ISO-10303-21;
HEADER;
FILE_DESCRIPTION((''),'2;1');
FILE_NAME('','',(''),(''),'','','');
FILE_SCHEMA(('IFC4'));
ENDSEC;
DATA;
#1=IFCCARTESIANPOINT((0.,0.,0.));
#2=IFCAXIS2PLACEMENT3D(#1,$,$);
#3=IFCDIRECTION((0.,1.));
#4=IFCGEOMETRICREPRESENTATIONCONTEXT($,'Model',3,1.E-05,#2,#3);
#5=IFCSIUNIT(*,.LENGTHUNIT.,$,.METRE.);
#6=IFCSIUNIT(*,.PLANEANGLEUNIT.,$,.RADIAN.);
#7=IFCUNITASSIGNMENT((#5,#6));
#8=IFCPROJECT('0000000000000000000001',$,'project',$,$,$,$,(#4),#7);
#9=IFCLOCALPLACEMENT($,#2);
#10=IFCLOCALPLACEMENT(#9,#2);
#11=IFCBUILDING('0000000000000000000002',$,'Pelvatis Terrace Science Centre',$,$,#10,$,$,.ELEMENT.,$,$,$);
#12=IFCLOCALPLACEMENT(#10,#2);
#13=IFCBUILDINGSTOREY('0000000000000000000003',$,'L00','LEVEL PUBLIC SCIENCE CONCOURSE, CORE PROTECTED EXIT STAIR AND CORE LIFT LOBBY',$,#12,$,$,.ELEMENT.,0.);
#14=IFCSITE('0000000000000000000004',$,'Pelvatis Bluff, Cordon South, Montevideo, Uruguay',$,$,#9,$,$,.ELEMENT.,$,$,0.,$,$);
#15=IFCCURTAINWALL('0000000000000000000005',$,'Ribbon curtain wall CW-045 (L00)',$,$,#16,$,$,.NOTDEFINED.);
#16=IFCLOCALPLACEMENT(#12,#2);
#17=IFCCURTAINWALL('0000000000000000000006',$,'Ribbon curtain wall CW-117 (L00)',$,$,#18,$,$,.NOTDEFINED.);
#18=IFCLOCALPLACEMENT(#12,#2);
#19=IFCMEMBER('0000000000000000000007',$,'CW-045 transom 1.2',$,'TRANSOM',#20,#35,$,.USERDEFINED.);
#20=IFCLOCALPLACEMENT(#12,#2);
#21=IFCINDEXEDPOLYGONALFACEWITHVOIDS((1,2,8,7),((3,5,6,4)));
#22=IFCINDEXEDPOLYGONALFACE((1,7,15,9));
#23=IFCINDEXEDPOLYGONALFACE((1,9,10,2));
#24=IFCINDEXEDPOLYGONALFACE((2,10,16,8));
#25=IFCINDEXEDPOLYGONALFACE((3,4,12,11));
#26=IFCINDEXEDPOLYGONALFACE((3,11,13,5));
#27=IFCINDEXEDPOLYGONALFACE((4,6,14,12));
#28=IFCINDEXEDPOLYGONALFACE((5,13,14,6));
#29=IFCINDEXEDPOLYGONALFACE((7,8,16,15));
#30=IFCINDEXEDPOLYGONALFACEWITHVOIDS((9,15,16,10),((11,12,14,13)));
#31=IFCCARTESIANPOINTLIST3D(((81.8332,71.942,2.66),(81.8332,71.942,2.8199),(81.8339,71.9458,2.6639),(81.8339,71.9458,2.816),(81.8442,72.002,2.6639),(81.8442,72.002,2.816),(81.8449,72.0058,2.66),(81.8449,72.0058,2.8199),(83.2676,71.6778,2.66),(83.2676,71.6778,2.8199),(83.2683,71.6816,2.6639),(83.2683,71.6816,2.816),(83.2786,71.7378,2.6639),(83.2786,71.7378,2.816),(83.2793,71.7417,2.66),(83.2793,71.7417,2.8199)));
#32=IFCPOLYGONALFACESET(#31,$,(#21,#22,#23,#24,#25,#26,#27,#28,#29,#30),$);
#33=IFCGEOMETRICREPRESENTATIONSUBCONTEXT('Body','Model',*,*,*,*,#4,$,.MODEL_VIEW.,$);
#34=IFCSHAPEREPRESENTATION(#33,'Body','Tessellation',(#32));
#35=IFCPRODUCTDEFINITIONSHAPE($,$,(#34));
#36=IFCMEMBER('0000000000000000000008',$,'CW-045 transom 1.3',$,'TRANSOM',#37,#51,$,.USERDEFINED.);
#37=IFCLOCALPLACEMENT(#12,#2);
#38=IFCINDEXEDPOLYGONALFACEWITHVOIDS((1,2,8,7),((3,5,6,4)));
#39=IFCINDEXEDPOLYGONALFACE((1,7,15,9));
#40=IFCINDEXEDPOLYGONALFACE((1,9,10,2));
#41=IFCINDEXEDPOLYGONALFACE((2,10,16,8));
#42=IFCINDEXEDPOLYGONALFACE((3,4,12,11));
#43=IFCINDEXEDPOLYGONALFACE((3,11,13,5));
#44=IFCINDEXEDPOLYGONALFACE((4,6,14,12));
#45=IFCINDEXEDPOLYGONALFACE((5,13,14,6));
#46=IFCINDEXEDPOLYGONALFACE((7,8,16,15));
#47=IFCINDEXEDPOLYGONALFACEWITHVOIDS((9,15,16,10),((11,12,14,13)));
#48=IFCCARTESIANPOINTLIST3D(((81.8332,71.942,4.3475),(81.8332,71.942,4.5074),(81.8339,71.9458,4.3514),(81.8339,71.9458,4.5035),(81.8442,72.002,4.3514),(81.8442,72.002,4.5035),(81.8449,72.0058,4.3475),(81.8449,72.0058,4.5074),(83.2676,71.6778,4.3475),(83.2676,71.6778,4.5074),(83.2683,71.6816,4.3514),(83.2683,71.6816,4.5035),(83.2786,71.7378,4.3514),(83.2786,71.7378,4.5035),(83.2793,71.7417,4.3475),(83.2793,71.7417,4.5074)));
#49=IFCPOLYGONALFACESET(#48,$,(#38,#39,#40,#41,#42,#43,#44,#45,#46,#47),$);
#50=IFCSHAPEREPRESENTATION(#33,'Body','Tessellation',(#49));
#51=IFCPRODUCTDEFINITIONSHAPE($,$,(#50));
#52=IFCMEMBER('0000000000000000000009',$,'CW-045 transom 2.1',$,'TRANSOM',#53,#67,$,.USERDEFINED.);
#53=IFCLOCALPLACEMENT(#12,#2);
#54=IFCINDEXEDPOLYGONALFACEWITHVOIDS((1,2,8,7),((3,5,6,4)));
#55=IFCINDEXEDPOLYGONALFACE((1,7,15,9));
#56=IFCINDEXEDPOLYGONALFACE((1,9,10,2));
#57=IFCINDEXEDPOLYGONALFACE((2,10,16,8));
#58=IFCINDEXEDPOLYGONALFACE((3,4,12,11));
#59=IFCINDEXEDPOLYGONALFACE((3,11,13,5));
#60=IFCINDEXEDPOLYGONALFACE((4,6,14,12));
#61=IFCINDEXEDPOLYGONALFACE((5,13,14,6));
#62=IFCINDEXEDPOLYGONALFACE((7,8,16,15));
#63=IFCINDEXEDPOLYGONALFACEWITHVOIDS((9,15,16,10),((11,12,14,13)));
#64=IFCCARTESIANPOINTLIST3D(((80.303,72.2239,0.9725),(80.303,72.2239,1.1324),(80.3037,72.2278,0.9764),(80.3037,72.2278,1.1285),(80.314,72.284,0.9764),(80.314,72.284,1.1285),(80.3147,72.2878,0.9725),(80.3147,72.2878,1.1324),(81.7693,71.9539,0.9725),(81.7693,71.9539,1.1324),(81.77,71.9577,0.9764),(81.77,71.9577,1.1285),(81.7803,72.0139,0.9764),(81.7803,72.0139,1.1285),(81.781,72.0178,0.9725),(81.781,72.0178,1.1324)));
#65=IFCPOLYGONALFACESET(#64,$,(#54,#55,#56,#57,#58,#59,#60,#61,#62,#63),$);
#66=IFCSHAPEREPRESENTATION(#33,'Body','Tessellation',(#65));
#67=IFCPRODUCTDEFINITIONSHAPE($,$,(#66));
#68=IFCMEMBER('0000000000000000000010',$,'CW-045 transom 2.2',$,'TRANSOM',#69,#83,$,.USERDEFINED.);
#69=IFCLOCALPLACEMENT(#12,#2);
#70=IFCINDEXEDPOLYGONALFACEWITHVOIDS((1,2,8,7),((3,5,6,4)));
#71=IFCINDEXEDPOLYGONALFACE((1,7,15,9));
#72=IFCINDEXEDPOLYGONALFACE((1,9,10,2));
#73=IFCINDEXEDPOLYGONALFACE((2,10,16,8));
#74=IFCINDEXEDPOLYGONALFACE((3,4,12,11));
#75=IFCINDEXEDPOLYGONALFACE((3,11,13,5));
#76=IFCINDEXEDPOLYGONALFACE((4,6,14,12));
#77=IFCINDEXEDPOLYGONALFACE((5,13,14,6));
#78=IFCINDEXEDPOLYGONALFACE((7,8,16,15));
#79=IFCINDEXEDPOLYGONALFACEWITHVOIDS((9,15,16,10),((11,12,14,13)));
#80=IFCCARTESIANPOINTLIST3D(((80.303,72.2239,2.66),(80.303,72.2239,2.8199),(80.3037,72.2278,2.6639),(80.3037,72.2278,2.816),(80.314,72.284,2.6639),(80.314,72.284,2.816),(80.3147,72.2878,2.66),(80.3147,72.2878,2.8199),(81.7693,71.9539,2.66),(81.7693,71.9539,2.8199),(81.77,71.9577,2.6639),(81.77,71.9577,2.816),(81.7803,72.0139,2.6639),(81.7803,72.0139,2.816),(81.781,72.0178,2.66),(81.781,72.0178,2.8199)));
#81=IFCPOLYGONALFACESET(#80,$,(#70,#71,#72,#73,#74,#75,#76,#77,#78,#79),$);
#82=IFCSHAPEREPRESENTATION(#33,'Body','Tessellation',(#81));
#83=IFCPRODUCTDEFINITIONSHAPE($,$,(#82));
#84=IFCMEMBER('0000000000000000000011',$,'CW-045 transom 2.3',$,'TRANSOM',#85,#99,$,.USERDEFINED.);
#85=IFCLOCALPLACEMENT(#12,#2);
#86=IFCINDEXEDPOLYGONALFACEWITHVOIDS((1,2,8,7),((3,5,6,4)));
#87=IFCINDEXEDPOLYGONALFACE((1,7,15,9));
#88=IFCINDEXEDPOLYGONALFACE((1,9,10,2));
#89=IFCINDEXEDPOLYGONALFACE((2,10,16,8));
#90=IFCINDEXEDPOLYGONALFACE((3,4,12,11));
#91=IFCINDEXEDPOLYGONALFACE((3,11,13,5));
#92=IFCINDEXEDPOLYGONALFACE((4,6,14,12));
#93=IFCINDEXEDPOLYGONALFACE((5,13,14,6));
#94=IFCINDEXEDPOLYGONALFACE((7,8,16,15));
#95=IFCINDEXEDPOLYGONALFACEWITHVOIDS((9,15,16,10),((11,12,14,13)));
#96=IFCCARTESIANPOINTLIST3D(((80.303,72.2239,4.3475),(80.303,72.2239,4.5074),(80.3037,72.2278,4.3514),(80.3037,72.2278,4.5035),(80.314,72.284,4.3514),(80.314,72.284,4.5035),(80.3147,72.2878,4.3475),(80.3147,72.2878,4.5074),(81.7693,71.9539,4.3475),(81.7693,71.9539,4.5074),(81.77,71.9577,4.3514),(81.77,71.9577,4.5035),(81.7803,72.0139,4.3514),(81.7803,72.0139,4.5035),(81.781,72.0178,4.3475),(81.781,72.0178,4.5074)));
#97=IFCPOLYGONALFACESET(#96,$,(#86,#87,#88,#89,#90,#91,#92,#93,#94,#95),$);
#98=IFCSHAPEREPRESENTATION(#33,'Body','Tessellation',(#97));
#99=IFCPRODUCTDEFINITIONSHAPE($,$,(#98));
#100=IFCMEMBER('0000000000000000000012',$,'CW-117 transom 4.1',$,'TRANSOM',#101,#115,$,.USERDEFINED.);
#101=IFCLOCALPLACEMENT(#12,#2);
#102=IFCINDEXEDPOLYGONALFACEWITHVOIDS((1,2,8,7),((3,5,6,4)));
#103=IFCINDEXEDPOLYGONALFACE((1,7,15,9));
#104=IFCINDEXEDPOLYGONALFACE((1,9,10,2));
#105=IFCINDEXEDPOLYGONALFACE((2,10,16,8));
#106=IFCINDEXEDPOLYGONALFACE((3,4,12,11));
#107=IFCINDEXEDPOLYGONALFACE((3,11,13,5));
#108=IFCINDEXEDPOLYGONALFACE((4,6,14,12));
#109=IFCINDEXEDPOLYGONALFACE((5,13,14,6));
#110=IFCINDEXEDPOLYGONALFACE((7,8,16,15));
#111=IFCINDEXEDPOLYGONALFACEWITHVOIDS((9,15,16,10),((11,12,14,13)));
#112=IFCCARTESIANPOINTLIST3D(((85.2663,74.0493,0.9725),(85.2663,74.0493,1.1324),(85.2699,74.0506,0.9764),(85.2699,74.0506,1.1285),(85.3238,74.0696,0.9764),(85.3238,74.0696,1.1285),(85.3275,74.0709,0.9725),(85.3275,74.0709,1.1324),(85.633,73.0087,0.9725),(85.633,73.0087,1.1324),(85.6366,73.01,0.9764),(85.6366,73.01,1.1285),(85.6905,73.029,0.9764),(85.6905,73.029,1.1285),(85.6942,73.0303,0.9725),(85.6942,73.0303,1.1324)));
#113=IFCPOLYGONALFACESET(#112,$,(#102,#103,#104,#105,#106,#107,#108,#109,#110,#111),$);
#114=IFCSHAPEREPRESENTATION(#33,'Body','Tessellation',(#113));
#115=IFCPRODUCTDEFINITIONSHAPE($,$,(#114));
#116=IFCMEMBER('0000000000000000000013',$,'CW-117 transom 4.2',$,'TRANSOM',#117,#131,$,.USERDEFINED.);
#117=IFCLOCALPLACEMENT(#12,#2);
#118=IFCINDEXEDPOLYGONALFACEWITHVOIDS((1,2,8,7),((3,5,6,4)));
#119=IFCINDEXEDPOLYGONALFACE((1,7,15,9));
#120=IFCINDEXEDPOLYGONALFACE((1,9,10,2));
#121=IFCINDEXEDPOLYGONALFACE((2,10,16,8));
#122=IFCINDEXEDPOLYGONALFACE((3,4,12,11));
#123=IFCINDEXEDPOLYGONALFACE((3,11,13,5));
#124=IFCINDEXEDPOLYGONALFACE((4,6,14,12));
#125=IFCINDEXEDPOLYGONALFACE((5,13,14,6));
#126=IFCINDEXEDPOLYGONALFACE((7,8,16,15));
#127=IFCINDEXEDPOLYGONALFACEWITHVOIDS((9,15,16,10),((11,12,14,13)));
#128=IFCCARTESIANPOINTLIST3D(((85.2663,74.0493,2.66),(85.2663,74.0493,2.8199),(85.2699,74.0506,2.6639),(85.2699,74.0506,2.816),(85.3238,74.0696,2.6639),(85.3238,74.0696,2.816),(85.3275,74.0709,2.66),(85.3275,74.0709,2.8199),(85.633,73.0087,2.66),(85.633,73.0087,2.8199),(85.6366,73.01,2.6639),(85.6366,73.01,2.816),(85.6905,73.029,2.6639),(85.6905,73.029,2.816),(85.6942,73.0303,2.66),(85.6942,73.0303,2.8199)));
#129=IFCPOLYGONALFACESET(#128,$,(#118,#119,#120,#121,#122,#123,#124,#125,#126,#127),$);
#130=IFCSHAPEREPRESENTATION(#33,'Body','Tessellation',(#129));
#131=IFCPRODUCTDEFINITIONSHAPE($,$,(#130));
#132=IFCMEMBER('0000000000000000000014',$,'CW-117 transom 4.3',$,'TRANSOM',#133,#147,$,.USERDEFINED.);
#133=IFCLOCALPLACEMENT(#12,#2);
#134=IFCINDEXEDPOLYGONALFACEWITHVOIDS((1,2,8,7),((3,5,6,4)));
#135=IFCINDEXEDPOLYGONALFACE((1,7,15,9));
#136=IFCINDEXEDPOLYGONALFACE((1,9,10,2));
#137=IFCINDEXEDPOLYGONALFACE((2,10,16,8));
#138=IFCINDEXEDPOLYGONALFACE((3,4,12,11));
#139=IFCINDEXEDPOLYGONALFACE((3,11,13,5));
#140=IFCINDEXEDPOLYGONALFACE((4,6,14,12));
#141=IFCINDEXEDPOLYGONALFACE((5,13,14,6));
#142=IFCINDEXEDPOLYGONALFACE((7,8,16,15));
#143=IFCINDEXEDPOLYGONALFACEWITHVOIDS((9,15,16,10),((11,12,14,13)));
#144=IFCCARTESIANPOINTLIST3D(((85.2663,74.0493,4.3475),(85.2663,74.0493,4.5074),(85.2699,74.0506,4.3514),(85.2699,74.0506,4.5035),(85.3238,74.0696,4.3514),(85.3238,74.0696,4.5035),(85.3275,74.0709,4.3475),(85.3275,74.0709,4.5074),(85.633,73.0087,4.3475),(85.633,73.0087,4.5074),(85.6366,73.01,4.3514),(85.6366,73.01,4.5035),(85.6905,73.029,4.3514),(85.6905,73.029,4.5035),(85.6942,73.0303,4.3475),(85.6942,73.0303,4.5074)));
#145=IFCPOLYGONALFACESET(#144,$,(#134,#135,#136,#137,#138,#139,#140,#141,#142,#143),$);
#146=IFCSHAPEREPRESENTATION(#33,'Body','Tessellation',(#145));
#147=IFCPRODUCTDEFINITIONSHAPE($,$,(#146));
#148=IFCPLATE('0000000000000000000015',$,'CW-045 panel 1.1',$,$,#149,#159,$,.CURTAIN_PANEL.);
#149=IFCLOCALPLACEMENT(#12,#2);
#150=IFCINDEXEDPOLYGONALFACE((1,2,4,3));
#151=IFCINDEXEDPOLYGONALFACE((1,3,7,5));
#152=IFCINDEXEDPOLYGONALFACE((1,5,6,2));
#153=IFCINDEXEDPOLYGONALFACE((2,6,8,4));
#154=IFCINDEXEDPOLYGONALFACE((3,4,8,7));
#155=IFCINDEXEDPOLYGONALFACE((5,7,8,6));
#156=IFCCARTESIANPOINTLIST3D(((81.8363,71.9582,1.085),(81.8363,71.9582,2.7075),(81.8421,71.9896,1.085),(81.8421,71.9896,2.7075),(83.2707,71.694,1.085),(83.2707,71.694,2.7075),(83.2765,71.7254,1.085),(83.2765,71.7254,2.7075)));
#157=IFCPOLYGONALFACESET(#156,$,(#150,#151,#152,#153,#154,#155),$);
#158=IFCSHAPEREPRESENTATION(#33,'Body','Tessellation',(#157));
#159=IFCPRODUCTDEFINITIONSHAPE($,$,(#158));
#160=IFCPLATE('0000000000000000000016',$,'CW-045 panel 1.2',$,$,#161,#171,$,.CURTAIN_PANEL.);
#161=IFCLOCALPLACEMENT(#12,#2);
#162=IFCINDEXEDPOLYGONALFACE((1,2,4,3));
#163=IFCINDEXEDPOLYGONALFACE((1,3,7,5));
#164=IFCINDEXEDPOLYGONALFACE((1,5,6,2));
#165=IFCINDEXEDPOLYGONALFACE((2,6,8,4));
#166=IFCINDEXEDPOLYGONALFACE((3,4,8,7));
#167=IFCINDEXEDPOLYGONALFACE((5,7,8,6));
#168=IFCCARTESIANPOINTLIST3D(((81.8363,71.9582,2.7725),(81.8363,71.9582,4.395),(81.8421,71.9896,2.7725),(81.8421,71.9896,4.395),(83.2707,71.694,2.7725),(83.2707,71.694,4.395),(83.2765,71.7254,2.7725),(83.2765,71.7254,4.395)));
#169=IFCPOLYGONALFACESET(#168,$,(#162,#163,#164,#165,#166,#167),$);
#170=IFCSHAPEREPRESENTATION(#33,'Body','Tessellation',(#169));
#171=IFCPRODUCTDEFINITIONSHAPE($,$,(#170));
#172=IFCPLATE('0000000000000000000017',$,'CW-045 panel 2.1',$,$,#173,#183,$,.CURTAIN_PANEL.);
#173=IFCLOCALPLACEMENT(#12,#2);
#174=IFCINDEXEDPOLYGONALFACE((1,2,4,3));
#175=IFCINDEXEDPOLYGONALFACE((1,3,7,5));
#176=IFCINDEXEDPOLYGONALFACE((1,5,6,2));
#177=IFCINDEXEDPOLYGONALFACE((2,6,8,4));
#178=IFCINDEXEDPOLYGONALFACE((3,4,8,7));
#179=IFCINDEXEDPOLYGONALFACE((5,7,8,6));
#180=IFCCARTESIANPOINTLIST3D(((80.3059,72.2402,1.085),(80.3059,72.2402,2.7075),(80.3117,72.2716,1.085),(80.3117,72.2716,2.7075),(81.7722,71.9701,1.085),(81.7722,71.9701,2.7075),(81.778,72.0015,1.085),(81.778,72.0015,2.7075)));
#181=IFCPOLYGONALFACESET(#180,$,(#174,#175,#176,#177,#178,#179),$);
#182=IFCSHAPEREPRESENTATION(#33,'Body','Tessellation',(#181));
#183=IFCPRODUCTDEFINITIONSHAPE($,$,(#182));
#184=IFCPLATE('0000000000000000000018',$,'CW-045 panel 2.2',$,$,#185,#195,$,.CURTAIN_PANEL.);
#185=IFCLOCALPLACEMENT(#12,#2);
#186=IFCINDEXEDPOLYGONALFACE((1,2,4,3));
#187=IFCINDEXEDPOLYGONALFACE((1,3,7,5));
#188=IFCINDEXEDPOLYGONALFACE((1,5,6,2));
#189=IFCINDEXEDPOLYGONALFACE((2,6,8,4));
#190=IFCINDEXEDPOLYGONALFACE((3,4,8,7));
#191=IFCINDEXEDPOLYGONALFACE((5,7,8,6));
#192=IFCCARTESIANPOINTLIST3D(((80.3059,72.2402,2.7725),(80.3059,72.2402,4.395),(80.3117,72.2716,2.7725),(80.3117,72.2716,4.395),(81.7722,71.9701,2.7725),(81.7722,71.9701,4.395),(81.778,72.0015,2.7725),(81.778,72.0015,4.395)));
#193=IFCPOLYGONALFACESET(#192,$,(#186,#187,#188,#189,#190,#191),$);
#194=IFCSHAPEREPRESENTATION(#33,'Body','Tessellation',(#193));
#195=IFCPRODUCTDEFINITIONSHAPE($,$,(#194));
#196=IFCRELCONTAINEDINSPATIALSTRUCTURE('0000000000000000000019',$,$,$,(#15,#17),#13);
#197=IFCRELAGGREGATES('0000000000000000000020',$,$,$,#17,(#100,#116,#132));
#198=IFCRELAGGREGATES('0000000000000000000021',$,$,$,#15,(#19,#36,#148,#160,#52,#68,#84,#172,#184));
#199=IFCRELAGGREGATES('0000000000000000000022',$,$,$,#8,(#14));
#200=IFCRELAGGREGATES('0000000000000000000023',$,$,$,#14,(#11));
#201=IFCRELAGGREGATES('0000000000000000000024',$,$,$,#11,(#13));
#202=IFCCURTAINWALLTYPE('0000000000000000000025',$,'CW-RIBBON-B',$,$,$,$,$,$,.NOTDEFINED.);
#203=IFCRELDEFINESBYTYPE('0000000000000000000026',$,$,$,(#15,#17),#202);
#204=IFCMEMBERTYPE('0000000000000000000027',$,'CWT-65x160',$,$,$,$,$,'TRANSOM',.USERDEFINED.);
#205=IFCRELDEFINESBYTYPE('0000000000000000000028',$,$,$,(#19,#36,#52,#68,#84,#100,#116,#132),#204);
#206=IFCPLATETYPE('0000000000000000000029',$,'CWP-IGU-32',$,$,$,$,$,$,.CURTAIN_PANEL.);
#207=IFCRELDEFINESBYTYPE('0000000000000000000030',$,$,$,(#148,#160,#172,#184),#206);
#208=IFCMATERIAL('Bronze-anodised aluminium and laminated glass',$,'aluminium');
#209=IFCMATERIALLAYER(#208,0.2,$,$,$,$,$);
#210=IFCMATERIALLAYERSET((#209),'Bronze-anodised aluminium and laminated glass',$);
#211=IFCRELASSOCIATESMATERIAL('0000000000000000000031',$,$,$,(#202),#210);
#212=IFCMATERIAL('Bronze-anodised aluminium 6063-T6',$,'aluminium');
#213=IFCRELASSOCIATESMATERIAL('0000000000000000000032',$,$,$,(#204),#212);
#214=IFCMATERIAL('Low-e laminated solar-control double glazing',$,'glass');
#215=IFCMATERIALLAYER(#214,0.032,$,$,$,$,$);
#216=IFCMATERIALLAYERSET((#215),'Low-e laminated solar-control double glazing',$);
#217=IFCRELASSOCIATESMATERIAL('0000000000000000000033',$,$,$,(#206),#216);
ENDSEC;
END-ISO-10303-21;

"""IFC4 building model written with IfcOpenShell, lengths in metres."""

from ifc_helpers import new_model, si_unit, direction, frame, origin, origin_2d, place, context, subcontext, project, spatial, rectangle, hollow_rectangle, extrude, material, layer, layer_set, material_profile, profile_set, type_object, element, aggregate, save


model = new_model("IFC4")

# Units and contexts
model_context = context("Model", 3, precision=1e-05, world=origin(), true_north=direction((0.0, 1.0)))
body_context = subcontext(model_context, "Body", "Model", "MODEL_VIEW")
ifc_project = project(units=[si_unit("LENGTHUNIT", "METRE"), si_unit("PLANEANGLEUNIT", "RADIAN")], contexts=[model_context])

# Site, building, storey
site_placement = place(None, origin())
site = spatial("IfcSite", under=ifc_project, at=site_placement, Name="Pelvatis Bluff, Cordon South, Montevideo, Uruguay", CompositionType="ELEMENT", RefElevation=0.0)
building_placement = place(site_placement, origin())
building = spatial("IfcBuilding", under=site, at=building_placement, Name="Pelvatis Terrace Science Centre", CompositionType="ELEMENT")
storey_placement = place(building_placement, origin())
storey = spatial("IfcBuildingStorey", under=building, at=storey_placement, Name="L00", Description="LEVEL PUBLIC SCIENCE CONCOURSE, CORE PROTECTED EXIT STAIR AND CORE LIFT LOBBY", CompositionType="ELEMENT", Elevation=0.0)

# Curtain wall
ifc_material_1 = material(Name="Bronze-anodised aluminium and laminated glass", Category="aluminium")
ifc_layer_1 = layer(ifc_material_1, 0.2)
ifc_layer_set_1 = layer_set([ifc_layer_1], Name="Bronze-anodised aluminium and laminated glass")
curtain_wall_type = type_object("IfcCurtainWallType", Name="CW-RIBBON-B", PredefinedType="NOTDEFINED", material=ifc_layer_set_1)
curtain_wall_1_placement = place(storey_placement, origin())
curtain_wall_1 = element("IfcCurtainWall", 1, at=curtain_wall_1_placement, inside=storey, type_object=curtain_wall_type, Name="Ribbon curtain wall CW-045 (L00)", PredefinedType="NOTDEFINED")

# Curtain wall
curtain_wall_2_placement = place(storey_placement, origin())
curtain_wall_2 = element("IfcCurtainWall", 2, at=curtain_wall_2_placement, inside=storey, type_object=curtain_wall_type, Name="Ribbon curtain wall CW-117 (L00)", PredefinedType="NOTDEFINED")

# Members
ifc_material_2 = material(Name="Bronze-anodised aluminium 6063-T6", Category="aluminium")
ifc_material_profile_1 = material_profile(ifc_material_2, hollow_rectangle(XDim=0.0649, YDim=0.1599, WallThickness=0.0039, at=origin_2d()), Name="ALU-TRN 65x160")
ifc_profile_set_1 = profile_set([ifc_material_profile_1], Name="Bronze-anodised aluminium 6063-T6")
member_type_1 = type_object("IfcMemberType", Name="CWT-65x160", ElementType="TRANSOM", PredefinedType="USERDEFINED", material=ifc_profile_set_1)
member_1_placement = place(storey_placement, frame((83.2734, 71.7097, 2.74), z_axis=(-0.98346, 0.181124, 0.0), x_axis=(-0.181124, -0.98346, 0.0)))
member_1 = element("IfcMember", 3, at=member_1_placement, type_object=member_type_1, Name="CW-045 transom 1.2", ObjectType="TRANSOM", PredefinedType="USERDEFINED", context=body_context, shape_type="SweptSolid", body=[
    extrude(hollow_rectangle(XDim=0.0649, YDim=0.1599, WallThickness=0.0039, at=origin_2d()), origin(), (0.0, 0.0, 1.0), 1.4585),
])
member_2_placement = place(storey_placement, frame((83.2734, 71.7097, 4.4275), z_axis=(-0.98346, 0.181124, 0.0), x_axis=(-0.181124, -0.98346, 0.0)))
member_2 = element("IfcMember", 4, at=member_2_placement, type_object=member_type_1, Name="CW-045 transom 1.3", ObjectType="TRANSOM", PredefinedType="USERDEFINED", context=body_context, shape_type="SweptSolid", body=[
    extrude(hollow_rectangle(XDim=0.0649, YDim=0.1599, WallThickness=0.0039, at=origin_2d()), origin(), (0.0, 0.0, 1.0), 1.4585),
])
member_3_placement = place(storey_placement, frame((81.7751, 71.9858, 1.0525), z_axis=(-0.983464, 0.181104, 0.0), x_axis=(-0.181104, -0.983464, 0.0)))
member_3 = element("IfcMember", 5, at=member_3_placement, type_object=member_type_1, Name="CW-045 transom 2.1", ObjectType="TRANSOM", PredefinedType="USERDEFINED", context=body_context, shape_type="SweptSolid", body=[
    extrude(hollow_rectangle(XDim=0.0649, YDim=0.1599, WallThickness=0.0039, at=origin_2d()), origin(), (0.0, 0.0, 1.0), 1.491),
])
member_4_placement = place(storey_placement, frame((81.7751, 71.9858, 2.74), z_axis=(-0.983464, 0.181104, 0.0), x_axis=(-0.181104, -0.983464, 0.0)))
member_4 = element("IfcMember", 6, at=member_4_placement, type_object=member_type_1, Name="CW-045 transom 2.2", ObjectType="TRANSOM", PredefinedType="USERDEFINED", context=body_context, shape_type="SweptSolid", body=[
    extrude(hollow_rectangle(XDim=0.0649, YDim=0.1599, WallThickness=0.0039, at=origin_2d()), origin(), (0.0, 0.0, 1.0), 1.491),
])
member_5_placement = place(storey_placement, frame((81.7751, 71.9858, 4.4275), z_axis=(-0.983464, 0.181104, 0.0), x_axis=(-0.181104, -0.983464, 0.0)))
member_5 = element("IfcMember", 7, at=member_5_placement, type_object=member_type_1, Name="CW-045 transom 2.3", ObjectType="TRANSOM", PredefinedType="USERDEFINED", context=body_context, shape_type="SweptSolid", body=[
    extrude(hollow_rectangle(XDim=0.0649, YDim=0.1599, WallThickness=0.0039, at=origin_2d()), origin(), (0.0, 0.0, 1.0), 1.491),
])
member_6_placement = place(storey_placement, frame((85.2969, 74.0601, 1.0525), z_axis=(0.33238, -0.943145, 0.0), x_axis=(0.943145, 0.33238, 0.0)))
member_6 = element("IfcMember", 8, at=member_6_placement, type_object=member_type_1, Name="CW-117 transom 4.1", ObjectType="TRANSOM", PredefinedType="USERDEFINED", context=body_context, shape_type="SweptSolid", body=[
    extrude(hollow_rectangle(XDim=0.0649, YDim=0.1599, WallThickness=0.0039, at=origin_2d()), origin(), (0.0, 0.0, 1.0), 1.1033),
])
member_7_placement = place(storey_placement, frame((85.2969, 74.0601, 2.74), z_axis=(0.33238, -0.943145, 0.0), x_axis=(0.943145, 0.33238, 0.0)))
member_7 = element("IfcMember", 9, at=member_7_placement, type_object=member_type_1, Name="CW-117 transom 4.2", ObjectType="TRANSOM", PredefinedType="USERDEFINED", context=body_context, shape_type="SweptSolid", body=[
    extrude(hollow_rectangle(XDim=0.0649, YDim=0.1599, WallThickness=0.0039, at=origin_2d()), origin(), (0.0, 0.0, 1.0), 1.1033),
])
member_8_placement = place(storey_placement, frame((85.2969, 74.0601, 4.4275), z_axis=(0.33238, -0.943145, 0.0), x_axis=(0.943145, 0.33238, 0.0)))
member_8 = element("IfcMember", 10, at=member_8_placement, type_object=member_type_1, Name="CW-117 transom 4.3", ObjectType="TRANSOM", PredefinedType="USERDEFINED", context=body_context, shape_type="SweptSolid", body=[
    extrude(hollow_rectangle(XDim=0.0649, YDim=0.1599, WallThickness=0.0039, at=origin_2d()), origin(), (0.0, 0.0, 1.0), 1.1033),
])
aggregate(curtain_wall_2, [member_6, member_7, member_8])

# Plates
ifc_material_3 = material(Name="Low-e laminated solar-control double glazing", Category="glass")
ifc_layer_2 = layer(ifc_material_3, 0.032)
ifc_layer_set_2 = layer_set([ifc_layer_2], Name="Low-e laminated solar-control double glazing")
plate_type = type_object("IfcPlateType", Name="CWP-IGU-32", PredefinedType="CURTAIN_PANEL", material=ifc_layer_set_2)
plate_1_placement = place(storey_placement, frame((82.5564, 71.8418, 1.085), z_axis=(0.0, 0.0, 1.0), x_axis=(-0.983459, 0.18113, 0.0)))
plate_1 = element("IfcPlate", 11, at=plate_1_placement, type_object=plate_type, Name="CW-045 panel 1.1", PredefinedType="CURTAIN_PANEL", context=body_context, shape_type="SweptSolid", body=[
    extrude(rectangle(XDim=1.4585, YDim=0.032, at=origin_2d()), origin(), (0.0, 0.0, 1.0), 1.6226),
])
plate_2_placement = place(storey_placement, frame((82.5564, 71.8418, 2.7725), z_axis=(0.0, 0.0, 1.0), x_axis=(-0.983459, 0.18113, 0.0)))
plate_2 = element("IfcPlate", 12, at=plate_2_placement, type_object=plate_type, Name="CW-045 panel 1.2", PredefinedType="CURTAIN_PANEL", context=body_context, shape_type="SweptSolid", body=[
    extrude(rectangle(XDim=1.4585, YDim=0.032, at=origin_2d()), origin(), (0.0, 0.0, 1.0), 1.6226),
])
plate_3_placement = place(storey_placement, frame((81.042, 72.1208, 1.085), z_axis=(0.0, 0.0, 1.0), x_axis=(-0.983459, 0.18113, 0.0)))
plate_3 = element("IfcPlate", 13, at=plate_3_placement, type_object=plate_type, Name="CW-045 panel 2.1", PredefinedType="CURTAIN_PANEL", context=body_context, shape_type="SweptSolid", body=[
    extrude(rectangle(XDim=1.491, YDim=0.032, at=origin_2d()), origin(), (0.0, 0.0, 1.0), 1.6226),
])
plate_4_placement = place(storey_placement, frame((81.042, 72.1208, 2.7725), z_axis=(0.0, 0.0, 1.0), x_axis=(-0.983459, 0.18113, 0.0)))
plate_4 = element("IfcPlate", 14, at=plate_4_placement, type_object=plate_type, Name="CW-045 panel 2.2", PredefinedType="CURTAIN_PANEL", context=body_context, shape_type="SweptSolid", body=[
    extrude(rectangle(XDim=1.491, YDim=0.032, at=origin_2d()), origin(), (0.0, 0.0, 1.0), 1.6226),
])
aggregate(curtain_wall_1, [member_1, member_2, plate_1, plate_2, member_3, member_4, member_5, plate_3, plate_4])

save(model, "model.ifc")
